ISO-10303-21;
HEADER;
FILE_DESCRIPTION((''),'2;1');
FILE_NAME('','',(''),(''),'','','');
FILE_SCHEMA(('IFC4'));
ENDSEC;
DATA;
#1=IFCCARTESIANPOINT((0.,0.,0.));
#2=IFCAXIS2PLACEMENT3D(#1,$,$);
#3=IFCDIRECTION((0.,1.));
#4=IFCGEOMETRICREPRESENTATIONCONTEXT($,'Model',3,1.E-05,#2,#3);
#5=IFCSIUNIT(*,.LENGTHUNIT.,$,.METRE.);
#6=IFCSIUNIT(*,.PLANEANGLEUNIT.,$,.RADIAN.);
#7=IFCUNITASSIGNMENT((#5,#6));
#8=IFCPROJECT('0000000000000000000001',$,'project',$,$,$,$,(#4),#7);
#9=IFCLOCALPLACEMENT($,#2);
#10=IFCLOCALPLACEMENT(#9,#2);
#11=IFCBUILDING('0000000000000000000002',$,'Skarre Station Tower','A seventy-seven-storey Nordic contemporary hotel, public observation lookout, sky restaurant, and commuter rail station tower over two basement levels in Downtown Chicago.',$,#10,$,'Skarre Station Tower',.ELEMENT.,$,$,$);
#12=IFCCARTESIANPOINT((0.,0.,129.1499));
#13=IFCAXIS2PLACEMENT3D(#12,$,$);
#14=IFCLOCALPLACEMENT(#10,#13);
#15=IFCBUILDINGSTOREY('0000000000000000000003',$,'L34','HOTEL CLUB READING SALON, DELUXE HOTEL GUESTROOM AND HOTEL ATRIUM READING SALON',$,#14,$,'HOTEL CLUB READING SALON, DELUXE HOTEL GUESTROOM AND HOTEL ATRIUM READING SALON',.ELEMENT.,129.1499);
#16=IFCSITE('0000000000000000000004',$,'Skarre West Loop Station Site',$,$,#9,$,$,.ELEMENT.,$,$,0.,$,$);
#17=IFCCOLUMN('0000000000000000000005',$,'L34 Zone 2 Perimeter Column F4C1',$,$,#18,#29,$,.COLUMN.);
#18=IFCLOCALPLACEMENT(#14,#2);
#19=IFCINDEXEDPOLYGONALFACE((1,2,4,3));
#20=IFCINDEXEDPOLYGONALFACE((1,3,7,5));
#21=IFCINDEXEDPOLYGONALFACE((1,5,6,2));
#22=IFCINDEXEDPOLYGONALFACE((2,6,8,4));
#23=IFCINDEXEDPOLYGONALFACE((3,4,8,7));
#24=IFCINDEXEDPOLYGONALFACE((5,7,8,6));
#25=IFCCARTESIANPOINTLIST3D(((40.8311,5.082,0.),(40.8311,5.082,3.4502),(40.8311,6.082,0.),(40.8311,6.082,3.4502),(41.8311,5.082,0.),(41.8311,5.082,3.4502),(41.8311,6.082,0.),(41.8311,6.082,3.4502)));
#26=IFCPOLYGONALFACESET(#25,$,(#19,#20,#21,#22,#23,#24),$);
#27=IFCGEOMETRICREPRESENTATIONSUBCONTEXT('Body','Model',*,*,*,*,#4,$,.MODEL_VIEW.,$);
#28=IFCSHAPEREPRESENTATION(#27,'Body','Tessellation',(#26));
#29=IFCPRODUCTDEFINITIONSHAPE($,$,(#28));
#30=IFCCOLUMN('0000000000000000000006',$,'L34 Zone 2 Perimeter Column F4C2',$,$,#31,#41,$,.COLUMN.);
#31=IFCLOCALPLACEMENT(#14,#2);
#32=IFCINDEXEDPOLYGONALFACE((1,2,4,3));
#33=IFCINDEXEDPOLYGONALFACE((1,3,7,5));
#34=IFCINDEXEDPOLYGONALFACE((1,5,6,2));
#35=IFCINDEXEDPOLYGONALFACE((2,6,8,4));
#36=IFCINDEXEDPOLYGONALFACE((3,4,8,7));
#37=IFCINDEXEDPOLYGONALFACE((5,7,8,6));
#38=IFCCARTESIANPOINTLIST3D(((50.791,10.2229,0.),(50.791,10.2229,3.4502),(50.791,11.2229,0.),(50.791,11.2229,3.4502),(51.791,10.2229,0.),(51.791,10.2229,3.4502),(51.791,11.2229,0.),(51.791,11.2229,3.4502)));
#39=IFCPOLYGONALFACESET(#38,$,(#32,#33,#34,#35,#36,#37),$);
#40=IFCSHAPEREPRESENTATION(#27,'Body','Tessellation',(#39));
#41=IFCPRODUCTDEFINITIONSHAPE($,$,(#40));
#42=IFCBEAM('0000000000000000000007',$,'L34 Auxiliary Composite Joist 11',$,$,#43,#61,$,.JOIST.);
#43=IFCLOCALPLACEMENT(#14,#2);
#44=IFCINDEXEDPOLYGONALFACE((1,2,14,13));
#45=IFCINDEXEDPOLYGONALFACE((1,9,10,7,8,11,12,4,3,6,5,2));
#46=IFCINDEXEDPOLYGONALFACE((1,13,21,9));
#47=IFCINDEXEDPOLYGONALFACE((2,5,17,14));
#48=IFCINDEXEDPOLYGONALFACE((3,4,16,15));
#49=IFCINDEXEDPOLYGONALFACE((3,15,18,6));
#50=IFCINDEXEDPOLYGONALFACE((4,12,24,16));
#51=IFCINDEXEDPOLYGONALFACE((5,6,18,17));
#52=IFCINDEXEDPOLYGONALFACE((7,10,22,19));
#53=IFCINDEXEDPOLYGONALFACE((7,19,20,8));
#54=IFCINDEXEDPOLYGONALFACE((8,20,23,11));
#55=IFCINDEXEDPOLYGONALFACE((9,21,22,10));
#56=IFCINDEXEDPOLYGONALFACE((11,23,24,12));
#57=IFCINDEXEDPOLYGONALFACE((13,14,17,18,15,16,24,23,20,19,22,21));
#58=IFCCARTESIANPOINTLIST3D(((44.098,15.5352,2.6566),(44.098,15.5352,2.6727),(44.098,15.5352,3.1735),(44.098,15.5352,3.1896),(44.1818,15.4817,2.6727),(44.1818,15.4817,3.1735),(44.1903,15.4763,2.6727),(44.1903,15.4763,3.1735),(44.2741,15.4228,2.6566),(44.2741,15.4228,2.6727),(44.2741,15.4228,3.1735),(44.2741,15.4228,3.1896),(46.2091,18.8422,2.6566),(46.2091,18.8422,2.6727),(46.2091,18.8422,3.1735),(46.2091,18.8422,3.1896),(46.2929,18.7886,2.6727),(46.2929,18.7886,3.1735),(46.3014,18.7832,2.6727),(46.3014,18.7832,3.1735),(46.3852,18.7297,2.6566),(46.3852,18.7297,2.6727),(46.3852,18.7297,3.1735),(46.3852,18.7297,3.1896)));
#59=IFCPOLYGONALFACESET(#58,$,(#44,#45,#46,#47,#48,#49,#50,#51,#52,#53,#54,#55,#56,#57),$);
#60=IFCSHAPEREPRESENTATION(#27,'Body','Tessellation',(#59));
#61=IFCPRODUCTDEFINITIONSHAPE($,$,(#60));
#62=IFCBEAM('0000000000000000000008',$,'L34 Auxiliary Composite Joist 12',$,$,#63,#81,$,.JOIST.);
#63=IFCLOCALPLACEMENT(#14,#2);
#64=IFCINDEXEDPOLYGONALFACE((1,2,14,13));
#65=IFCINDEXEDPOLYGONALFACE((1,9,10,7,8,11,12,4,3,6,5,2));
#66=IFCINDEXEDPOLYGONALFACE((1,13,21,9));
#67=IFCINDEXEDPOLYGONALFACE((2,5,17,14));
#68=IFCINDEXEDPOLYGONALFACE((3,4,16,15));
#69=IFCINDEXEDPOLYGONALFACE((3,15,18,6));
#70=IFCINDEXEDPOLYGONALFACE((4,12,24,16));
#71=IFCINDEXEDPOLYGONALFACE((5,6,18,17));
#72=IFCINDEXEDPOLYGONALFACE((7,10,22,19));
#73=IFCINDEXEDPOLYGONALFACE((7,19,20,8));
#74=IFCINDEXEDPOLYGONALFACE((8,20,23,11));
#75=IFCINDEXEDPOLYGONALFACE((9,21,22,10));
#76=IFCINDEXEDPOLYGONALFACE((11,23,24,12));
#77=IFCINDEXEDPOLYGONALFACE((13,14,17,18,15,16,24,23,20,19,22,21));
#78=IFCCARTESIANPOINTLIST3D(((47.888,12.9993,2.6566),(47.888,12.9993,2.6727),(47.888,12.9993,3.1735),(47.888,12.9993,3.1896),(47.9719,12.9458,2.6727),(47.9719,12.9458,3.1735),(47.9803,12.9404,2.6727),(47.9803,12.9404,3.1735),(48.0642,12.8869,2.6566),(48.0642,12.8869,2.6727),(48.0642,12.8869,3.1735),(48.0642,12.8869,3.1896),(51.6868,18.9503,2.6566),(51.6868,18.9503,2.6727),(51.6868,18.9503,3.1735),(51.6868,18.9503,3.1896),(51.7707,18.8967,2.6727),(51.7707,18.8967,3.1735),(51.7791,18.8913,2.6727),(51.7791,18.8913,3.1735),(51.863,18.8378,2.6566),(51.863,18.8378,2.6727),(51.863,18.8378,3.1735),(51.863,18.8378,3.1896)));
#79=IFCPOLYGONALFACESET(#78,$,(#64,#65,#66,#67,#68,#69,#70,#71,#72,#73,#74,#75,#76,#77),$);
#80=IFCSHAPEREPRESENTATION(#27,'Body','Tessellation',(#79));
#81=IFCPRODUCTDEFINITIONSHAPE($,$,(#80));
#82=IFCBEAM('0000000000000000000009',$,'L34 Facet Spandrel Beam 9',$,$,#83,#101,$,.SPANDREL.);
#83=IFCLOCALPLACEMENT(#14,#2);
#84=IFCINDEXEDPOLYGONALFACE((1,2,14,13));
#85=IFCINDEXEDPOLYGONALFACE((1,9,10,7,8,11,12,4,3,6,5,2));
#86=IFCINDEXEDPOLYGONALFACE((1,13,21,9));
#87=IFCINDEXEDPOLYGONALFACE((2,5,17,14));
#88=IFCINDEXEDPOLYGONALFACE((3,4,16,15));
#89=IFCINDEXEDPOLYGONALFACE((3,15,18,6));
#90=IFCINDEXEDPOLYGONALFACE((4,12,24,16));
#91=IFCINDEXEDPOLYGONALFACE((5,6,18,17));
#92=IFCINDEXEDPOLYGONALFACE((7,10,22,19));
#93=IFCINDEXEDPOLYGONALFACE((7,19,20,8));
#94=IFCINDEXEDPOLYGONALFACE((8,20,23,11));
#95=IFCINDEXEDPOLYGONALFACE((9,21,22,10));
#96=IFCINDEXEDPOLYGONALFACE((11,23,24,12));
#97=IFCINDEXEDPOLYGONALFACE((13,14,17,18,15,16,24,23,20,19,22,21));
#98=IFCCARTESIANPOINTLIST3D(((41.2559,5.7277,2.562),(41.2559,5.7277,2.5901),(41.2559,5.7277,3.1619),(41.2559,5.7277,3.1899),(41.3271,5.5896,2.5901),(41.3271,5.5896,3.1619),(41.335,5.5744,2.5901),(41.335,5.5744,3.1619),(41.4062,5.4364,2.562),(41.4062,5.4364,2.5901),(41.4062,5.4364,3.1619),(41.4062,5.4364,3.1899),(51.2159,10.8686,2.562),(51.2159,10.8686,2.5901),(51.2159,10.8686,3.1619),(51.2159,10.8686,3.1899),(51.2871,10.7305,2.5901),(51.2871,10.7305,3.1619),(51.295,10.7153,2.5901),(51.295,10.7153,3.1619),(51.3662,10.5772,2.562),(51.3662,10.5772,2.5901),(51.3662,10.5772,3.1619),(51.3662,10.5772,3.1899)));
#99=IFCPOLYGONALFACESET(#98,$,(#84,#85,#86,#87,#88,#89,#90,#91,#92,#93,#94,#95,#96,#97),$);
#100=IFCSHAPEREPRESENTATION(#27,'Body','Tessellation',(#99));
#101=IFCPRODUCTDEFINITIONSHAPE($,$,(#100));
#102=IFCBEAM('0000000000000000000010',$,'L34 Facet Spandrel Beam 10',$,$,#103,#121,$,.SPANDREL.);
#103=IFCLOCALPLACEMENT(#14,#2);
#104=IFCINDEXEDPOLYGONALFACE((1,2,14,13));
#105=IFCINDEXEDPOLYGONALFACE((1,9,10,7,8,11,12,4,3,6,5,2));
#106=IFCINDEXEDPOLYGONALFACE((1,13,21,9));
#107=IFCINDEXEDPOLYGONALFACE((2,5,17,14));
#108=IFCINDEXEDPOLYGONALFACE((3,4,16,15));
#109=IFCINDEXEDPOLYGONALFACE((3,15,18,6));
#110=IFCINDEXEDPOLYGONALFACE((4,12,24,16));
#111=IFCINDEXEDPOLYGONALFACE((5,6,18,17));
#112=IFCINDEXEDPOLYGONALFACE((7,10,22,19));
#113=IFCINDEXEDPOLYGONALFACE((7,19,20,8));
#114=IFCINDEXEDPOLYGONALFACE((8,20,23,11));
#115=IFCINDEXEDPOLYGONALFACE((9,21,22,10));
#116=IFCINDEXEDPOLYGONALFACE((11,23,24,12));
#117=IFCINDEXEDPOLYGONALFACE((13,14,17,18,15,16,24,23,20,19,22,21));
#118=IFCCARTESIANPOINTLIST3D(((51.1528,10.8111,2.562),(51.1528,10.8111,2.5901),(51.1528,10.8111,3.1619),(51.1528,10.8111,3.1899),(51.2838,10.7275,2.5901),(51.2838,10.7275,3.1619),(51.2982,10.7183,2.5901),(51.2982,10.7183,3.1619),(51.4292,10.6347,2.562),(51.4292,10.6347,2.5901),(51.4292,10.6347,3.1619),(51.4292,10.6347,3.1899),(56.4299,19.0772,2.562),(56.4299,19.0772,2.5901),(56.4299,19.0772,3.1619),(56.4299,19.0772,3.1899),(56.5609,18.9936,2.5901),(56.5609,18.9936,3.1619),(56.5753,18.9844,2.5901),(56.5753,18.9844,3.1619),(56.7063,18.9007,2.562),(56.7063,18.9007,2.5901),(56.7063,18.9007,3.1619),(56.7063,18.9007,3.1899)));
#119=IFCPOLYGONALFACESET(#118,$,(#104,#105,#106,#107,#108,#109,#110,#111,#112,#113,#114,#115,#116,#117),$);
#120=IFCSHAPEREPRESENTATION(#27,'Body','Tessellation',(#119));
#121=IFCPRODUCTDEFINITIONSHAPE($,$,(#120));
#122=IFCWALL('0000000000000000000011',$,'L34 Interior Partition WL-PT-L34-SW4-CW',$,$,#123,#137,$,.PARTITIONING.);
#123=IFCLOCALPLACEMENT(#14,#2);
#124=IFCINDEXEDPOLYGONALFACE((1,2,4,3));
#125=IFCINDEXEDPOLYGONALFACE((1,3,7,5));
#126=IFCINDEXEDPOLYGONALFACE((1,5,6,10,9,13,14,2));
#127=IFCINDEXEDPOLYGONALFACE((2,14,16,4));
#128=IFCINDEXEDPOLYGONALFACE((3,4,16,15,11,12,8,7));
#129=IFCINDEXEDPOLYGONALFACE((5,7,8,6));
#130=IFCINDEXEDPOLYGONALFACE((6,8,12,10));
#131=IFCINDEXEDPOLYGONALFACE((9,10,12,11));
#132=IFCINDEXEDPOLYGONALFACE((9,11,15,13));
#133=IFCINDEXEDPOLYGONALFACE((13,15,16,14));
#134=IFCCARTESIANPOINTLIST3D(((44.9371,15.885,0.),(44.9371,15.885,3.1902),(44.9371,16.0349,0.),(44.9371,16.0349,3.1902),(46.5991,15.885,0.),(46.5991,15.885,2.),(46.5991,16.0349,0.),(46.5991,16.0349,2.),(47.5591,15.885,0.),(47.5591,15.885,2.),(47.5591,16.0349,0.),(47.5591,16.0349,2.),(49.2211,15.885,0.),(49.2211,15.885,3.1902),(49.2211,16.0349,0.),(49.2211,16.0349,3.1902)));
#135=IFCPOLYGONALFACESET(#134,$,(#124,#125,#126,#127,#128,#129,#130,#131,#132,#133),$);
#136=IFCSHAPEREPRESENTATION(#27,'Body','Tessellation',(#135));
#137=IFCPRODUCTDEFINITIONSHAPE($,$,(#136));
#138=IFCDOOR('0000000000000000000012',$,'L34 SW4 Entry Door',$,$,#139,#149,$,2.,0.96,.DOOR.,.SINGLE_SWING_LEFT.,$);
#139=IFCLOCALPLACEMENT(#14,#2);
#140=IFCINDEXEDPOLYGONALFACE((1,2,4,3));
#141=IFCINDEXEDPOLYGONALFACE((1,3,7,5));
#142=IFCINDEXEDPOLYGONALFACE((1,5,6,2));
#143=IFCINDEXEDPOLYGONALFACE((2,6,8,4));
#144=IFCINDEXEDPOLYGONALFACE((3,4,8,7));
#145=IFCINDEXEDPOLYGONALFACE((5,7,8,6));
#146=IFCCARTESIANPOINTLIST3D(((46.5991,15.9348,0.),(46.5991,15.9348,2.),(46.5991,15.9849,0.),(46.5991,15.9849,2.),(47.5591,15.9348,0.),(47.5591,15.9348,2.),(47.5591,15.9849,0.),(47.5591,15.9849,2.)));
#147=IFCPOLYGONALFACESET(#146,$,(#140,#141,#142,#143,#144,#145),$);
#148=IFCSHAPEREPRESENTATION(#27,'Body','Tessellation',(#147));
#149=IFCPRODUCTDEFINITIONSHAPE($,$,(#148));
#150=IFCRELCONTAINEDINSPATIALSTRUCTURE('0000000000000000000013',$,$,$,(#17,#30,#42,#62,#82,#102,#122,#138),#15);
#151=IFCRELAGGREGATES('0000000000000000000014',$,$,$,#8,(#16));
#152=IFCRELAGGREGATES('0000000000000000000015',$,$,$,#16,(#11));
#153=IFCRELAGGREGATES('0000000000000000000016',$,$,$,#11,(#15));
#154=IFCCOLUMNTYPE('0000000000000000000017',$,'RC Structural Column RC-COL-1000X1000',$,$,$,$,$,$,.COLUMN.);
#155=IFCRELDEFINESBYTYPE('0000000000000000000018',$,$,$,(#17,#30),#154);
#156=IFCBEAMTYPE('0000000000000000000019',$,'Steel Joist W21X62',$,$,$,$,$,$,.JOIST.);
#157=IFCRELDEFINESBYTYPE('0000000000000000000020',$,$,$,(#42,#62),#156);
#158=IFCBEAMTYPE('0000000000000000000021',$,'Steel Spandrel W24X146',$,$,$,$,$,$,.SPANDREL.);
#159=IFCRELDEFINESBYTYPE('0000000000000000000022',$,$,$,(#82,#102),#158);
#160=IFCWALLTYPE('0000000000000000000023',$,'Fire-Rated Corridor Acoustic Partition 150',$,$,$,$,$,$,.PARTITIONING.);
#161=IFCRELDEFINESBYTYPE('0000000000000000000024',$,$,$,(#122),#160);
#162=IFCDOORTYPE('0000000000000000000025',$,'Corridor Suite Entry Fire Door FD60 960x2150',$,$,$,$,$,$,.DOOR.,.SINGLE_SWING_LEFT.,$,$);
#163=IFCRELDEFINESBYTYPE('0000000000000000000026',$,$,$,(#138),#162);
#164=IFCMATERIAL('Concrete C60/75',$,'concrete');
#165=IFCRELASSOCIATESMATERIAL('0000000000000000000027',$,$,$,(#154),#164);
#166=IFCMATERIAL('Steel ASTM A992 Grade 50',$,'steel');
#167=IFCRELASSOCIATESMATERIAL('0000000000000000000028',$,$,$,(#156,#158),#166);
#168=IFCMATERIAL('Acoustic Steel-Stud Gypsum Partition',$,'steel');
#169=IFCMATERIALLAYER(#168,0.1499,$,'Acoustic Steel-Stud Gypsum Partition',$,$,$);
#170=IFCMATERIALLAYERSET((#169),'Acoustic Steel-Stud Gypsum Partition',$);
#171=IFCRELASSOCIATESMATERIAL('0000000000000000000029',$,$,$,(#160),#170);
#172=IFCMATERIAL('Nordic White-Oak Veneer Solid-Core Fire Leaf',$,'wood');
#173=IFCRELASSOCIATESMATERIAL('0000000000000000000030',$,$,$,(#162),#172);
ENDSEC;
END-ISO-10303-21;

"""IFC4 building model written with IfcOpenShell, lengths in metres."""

from ifc_helpers import new_model, si_unit, direction, frame, frame_2d, origin, origin_2d, place, context, subcontext, project, spatial, rectangle, i_section, extrude, material, layer, layer_set, material_profile, profile_set, type_object, element, fill, save


model = new_model("IFC4")

# Units and contexts
model_context = context("Model", 3, precision=1e-05, world=origin(), true_north=direction((0.0, 1.0)))
body_context = subcontext(model_context, "Body", "Model", "MODEL_VIEW")
ifc_project = project(units=[si_unit("LENGTHUNIT", "METRE"), si_unit("PLANEANGLEUNIT", "RADIAN")], contexts=[model_context])

# Site, building, storey
site_placement = place(None, origin())
site = spatial("IfcSite", under=ifc_project, at=site_placement, Name="Skarre West Loop Station Site", CompositionType="ELEMENT", RefElevation=0.0)
building_placement = place(site_placement, origin())
building = spatial("IfcBuilding", under=site, at=building_placement, Name="Skarre Station Tower", Description="A seventy-seven-storey Nordic contemporary hotel, public observation lookout, sky restaurant, and commuter rail station tower over two basement levels in Downtown Chicago.", LongName="Skarre Station Tower", CompositionType="ELEMENT")
storey_placement = place(building_placement, frame((0.0, 0.0, 129.1499)))
storey = spatial("IfcBuildingStorey", under=building, at=storey_placement, Name="L34", Description="HOTEL CLUB READING SALON, DELUXE HOTEL GUESTROOM AND HOTEL ATRIUM READING SALON", LongName="HOTEL CLUB READING SALON, DELUXE HOTEL GUESTROOM AND HOTEL ATRIUM READING SALON", CompositionType="ELEMENT", Elevation=129.1499)

# Columns
ifc_material_1 = material(Name="Concrete C60/75", Category="concrete")
ifc_material_profile_1 = material_profile(ifc_material_1, rectangle(XDim=1.0, YDim=1.0, at=origin_2d()), Name="Concrete C60/75")
ifc_profile_set_1 = profile_set([ifc_material_profile_1], Name="Concrete C60/75")
column_type = type_object("IfcColumnType", Name="RC Structural Column RC-COL-1000X1000", PredefinedType="COLUMN", material=ifc_profile_set_1)
for number, where, z_axis, x_axis, name in (
    (1, (41.3311, 5.582, 0.0), (0.0, 0.0, 1.0), (1.0, 0.0, 0.0), "L34 Zone 2 Perimeter Column F4C1"),
    (2, (51.291, 10.7229, 0.0), (0.0, 0.0, 1.0), (1.0, 0.0, 0.0), "L34 Zone 2 Perimeter Column F4C2"),
):
    element("IfcColumn", number, at=place(storey_placement, frame(where, z_axis=z_axis, x_axis=x_axis)), inside=storey, type_object=column_type, Name=name, PredefinedType="COLUMN", context=body_context, shape_type="SweptSolid", body=[
        extrude(rectangle(XDim=1.0, YDim=1.0, at=origin_2d()), origin(), (0.0, 0.0, 1.0), 3.4502),
    ])

# Beams
ifc_material_2 = material(Name="Steel ASTM A992 Grade 50", Category="steel")
ifc_material_profile_2 = material_profile(ifc_material_2, i_section(OverallWidth=0.209, OverallDepth=0.533, WebThickness=0.01, FlangeThickness=0.0161, at=origin_2d()), Name="Steel ASTM A992 Grade 50")
ifc_profile_set_2 = profile_set([ifc_material_profile_2], Name="Steel ASTM A992 Grade 50")
beam_type_1 = type_object("IfcBeamType", Name="Steel Joist W21X62", PredefinedType="JOIST", material=ifc_profile_set_2)
beam_1_placement = place(storey_placement, frame((44.186, 15.479, 2.9231), z_axis=(0.538091, 0.842887, 0.0), x_axis=(-0.842887, 0.538091, 0.0)))
element("IfcBeam", 3, at=beam_1_placement, inside=storey, type_object=beam_type_1, Name="L34 Auxiliary Composite Joist 11", PredefinedType="JOIST", context=body_context, shape_type="SweptSolid", body=[
    extrude(i_section(OverallWidth=0.209, OverallDepth=0.533, WebThickness=0.01, FlangeThickness=0.0161, at=origin_2d()), origin(), (0.0, 0.0, 1.0), 3.9233),
])
beam_2_placement = place(storey_placement, frame((47.9761, 12.9431, 2.9231), z_axis=(0.538072, 0.842899, 0.0), x_axis=(-0.842899, 0.538072, 0.0)))
element("IfcBeam", 4, at=beam_2_placement, inside=storey, type_object=beam_type_1, Name="L34 Auxiliary Composite Joist 12", PredefinedType="JOIST", context=body_context, shape_type="SweptSolid", body=[
    extrude(i_section(OverallWidth=0.209, OverallDepth=0.533, WebThickness=0.01, FlangeThickness=0.0161, at=origin_2d()), origin(), (0.0, 0.0, 1.0), 7.0601),
])
ifc_material_profile_3 = material_profile(ifc_material_2, i_section(OverallWidth=0.3279, OverallDepth=0.6279, WebThickness=0.0171, FlangeThickness=0.0281, at=origin_2d()), Name="Steel ASTM A992 Grade 50")
ifc_profile_set_3 = profile_set([ifc_material_profile_3], Name="Steel ASTM A992 Grade 50")
beam_type_2 = type_object("IfcBeamType", Name="Steel Spandrel W24X146", PredefinedType="SPANDREL", material=ifc_profile_set_3)
beam_3_placement = place(storey_placement, frame((41.3311, 5.582, 2.876), z_axis=(0.888612, 0.45866, 0.0), x_axis=(-0.45866, 0.888612, 0.0)))
element("IfcBeam", 5, at=beam_3_placement, inside=storey, type_object=beam_type_2, Name="L34 Facet Spandrel Beam 9", PredefinedType="SPANDREL", context=body_context, shape_type="SweptSolid", body=[
    extrude(i_section(OverallWidth=0.3279, OverallDepth=0.6279, WebThickness=0.0171, FlangeThickness=0.0281, at=origin_2d()), origin(), (0.0, 0.0, 1.0), 11.2085),
])
beam_4_placement = place(storey_placement, frame((51.291, 10.7229, 2.876), z_axis=(0.538098, 0.842883, 0.0), x_axis=(-0.842883, 0.538098, 0.0)))
element("IfcBeam", 6, at=beam_4_placement, inside=storey, type_object=beam_type_2, Name="L34 Facet Spandrel Beam 10", PredefinedType="SPANDREL", context=body_context, shape_type="SweptSolid", body=[
    extrude(i_section(OverallWidth=0.3279, OverallDepth=0.6279, WebThickness=0.0171, FlangeThickness=0.0281, at=origin_2d()), origin(), (0.0, 0.0, 1.0), 9.8069),
])

# Wall, opening, door
ifc_material_3 = material(Name="Acoustic Steel-Stud Gypsum Partition", Category="steel")
ifc_layer_1 = layer(ifc_material_3, 0.1499, Name="Acoustic Steel-Stud Gypsum Partition")
ifc_layer_set_1 = layer_set([ifc_layer_1], Name="Acoustic Steel-Stud Gypsum Partition")
wall_type_1 = type_object("IfcWallType", Name="Fire-Rated Corridor Acoustic Partition 150", PredefinedType="PARTITIONING", material=ifc_layer_set_1)
wall_1_placement = place(storey_placement, frame((44.937, 15.96, 0.0), z_axis=(0.0, 0.0, 1.0), x_axis=(1.0, 0.0, 0.0)))
wall_1 = element("IfcWall", 7, at=wall_1_placement, inside=storey, type_object=wall_type_1, Name="L34 Interior Partition WL-PT-L34-SW4-CW", PredefinedType="PARTITIONING", context=body_context, shape_type="SweptSolid", body=[
    extrude(rectangle(XDim=4.2839, YDim=0.1499, at=frame_2d((2.1421, 0.0))), origin(), (0.0, 0.0, 1.0), 3.1902),
])
opening_1_placement = place(wall_1_placement, frame((1.6621, 0.0, 0.0)))
opening_1 = element("IfcOpeningElement", 8, at=opening_1_placement, cuts=wall_1, PredefinedType="OPENING", context=body_context, shape_type="SweptSolid", body=[
    extrude(rectangle(XDim=0.96, YDim=2.0, at=frame_2d((0.48, 1.0))), frame((0.0, 0.085, 0.0), z_axis=(0.0, -1.0, 0.0), x_axis=(1.0, 0.0, 0.0)), (0.0, 0.0, 1.0), 0.1699),
])
ifc_material_4 = material(Name="Nordic White-Oak Veneer Solid-Core Fire Leaf", Category="wood")
door_type = type_object("IfcDoorType", Name="Corridor Suite Entry Fire Door FD60 960x2150", OperationType="SINGLE_SWING_LEFT", PredefinedType="DOOR", material=ifc_material_4)
door_placement = place(opening_1_placement, origin())
door = element("IfcDoor", 9, at=door_placement, inside=storey, type_object=door_type, Name="L34 SW4 Entry Door", OperationType="SINGLE_SWING_LEFT", OverallHeight=2.0, OverallWidth=0.96, PredefinedType="DOOR", context=body_context, shape_type="SweptSolid", body=[
    extrude(rectangle(XDim=0.96, YDim=2.0, at=frame_2d((0.48, 1.0))), frame((0.0, 0.0249, 0.0), z_axis=(0.0, -1.0, 0.0), x_axis=(1.0, 0.0, 0.0)), (0.0, 0.0, 1.0), 0.05),
])
fill(opening_1, door)

save(model, "model.ifc")
